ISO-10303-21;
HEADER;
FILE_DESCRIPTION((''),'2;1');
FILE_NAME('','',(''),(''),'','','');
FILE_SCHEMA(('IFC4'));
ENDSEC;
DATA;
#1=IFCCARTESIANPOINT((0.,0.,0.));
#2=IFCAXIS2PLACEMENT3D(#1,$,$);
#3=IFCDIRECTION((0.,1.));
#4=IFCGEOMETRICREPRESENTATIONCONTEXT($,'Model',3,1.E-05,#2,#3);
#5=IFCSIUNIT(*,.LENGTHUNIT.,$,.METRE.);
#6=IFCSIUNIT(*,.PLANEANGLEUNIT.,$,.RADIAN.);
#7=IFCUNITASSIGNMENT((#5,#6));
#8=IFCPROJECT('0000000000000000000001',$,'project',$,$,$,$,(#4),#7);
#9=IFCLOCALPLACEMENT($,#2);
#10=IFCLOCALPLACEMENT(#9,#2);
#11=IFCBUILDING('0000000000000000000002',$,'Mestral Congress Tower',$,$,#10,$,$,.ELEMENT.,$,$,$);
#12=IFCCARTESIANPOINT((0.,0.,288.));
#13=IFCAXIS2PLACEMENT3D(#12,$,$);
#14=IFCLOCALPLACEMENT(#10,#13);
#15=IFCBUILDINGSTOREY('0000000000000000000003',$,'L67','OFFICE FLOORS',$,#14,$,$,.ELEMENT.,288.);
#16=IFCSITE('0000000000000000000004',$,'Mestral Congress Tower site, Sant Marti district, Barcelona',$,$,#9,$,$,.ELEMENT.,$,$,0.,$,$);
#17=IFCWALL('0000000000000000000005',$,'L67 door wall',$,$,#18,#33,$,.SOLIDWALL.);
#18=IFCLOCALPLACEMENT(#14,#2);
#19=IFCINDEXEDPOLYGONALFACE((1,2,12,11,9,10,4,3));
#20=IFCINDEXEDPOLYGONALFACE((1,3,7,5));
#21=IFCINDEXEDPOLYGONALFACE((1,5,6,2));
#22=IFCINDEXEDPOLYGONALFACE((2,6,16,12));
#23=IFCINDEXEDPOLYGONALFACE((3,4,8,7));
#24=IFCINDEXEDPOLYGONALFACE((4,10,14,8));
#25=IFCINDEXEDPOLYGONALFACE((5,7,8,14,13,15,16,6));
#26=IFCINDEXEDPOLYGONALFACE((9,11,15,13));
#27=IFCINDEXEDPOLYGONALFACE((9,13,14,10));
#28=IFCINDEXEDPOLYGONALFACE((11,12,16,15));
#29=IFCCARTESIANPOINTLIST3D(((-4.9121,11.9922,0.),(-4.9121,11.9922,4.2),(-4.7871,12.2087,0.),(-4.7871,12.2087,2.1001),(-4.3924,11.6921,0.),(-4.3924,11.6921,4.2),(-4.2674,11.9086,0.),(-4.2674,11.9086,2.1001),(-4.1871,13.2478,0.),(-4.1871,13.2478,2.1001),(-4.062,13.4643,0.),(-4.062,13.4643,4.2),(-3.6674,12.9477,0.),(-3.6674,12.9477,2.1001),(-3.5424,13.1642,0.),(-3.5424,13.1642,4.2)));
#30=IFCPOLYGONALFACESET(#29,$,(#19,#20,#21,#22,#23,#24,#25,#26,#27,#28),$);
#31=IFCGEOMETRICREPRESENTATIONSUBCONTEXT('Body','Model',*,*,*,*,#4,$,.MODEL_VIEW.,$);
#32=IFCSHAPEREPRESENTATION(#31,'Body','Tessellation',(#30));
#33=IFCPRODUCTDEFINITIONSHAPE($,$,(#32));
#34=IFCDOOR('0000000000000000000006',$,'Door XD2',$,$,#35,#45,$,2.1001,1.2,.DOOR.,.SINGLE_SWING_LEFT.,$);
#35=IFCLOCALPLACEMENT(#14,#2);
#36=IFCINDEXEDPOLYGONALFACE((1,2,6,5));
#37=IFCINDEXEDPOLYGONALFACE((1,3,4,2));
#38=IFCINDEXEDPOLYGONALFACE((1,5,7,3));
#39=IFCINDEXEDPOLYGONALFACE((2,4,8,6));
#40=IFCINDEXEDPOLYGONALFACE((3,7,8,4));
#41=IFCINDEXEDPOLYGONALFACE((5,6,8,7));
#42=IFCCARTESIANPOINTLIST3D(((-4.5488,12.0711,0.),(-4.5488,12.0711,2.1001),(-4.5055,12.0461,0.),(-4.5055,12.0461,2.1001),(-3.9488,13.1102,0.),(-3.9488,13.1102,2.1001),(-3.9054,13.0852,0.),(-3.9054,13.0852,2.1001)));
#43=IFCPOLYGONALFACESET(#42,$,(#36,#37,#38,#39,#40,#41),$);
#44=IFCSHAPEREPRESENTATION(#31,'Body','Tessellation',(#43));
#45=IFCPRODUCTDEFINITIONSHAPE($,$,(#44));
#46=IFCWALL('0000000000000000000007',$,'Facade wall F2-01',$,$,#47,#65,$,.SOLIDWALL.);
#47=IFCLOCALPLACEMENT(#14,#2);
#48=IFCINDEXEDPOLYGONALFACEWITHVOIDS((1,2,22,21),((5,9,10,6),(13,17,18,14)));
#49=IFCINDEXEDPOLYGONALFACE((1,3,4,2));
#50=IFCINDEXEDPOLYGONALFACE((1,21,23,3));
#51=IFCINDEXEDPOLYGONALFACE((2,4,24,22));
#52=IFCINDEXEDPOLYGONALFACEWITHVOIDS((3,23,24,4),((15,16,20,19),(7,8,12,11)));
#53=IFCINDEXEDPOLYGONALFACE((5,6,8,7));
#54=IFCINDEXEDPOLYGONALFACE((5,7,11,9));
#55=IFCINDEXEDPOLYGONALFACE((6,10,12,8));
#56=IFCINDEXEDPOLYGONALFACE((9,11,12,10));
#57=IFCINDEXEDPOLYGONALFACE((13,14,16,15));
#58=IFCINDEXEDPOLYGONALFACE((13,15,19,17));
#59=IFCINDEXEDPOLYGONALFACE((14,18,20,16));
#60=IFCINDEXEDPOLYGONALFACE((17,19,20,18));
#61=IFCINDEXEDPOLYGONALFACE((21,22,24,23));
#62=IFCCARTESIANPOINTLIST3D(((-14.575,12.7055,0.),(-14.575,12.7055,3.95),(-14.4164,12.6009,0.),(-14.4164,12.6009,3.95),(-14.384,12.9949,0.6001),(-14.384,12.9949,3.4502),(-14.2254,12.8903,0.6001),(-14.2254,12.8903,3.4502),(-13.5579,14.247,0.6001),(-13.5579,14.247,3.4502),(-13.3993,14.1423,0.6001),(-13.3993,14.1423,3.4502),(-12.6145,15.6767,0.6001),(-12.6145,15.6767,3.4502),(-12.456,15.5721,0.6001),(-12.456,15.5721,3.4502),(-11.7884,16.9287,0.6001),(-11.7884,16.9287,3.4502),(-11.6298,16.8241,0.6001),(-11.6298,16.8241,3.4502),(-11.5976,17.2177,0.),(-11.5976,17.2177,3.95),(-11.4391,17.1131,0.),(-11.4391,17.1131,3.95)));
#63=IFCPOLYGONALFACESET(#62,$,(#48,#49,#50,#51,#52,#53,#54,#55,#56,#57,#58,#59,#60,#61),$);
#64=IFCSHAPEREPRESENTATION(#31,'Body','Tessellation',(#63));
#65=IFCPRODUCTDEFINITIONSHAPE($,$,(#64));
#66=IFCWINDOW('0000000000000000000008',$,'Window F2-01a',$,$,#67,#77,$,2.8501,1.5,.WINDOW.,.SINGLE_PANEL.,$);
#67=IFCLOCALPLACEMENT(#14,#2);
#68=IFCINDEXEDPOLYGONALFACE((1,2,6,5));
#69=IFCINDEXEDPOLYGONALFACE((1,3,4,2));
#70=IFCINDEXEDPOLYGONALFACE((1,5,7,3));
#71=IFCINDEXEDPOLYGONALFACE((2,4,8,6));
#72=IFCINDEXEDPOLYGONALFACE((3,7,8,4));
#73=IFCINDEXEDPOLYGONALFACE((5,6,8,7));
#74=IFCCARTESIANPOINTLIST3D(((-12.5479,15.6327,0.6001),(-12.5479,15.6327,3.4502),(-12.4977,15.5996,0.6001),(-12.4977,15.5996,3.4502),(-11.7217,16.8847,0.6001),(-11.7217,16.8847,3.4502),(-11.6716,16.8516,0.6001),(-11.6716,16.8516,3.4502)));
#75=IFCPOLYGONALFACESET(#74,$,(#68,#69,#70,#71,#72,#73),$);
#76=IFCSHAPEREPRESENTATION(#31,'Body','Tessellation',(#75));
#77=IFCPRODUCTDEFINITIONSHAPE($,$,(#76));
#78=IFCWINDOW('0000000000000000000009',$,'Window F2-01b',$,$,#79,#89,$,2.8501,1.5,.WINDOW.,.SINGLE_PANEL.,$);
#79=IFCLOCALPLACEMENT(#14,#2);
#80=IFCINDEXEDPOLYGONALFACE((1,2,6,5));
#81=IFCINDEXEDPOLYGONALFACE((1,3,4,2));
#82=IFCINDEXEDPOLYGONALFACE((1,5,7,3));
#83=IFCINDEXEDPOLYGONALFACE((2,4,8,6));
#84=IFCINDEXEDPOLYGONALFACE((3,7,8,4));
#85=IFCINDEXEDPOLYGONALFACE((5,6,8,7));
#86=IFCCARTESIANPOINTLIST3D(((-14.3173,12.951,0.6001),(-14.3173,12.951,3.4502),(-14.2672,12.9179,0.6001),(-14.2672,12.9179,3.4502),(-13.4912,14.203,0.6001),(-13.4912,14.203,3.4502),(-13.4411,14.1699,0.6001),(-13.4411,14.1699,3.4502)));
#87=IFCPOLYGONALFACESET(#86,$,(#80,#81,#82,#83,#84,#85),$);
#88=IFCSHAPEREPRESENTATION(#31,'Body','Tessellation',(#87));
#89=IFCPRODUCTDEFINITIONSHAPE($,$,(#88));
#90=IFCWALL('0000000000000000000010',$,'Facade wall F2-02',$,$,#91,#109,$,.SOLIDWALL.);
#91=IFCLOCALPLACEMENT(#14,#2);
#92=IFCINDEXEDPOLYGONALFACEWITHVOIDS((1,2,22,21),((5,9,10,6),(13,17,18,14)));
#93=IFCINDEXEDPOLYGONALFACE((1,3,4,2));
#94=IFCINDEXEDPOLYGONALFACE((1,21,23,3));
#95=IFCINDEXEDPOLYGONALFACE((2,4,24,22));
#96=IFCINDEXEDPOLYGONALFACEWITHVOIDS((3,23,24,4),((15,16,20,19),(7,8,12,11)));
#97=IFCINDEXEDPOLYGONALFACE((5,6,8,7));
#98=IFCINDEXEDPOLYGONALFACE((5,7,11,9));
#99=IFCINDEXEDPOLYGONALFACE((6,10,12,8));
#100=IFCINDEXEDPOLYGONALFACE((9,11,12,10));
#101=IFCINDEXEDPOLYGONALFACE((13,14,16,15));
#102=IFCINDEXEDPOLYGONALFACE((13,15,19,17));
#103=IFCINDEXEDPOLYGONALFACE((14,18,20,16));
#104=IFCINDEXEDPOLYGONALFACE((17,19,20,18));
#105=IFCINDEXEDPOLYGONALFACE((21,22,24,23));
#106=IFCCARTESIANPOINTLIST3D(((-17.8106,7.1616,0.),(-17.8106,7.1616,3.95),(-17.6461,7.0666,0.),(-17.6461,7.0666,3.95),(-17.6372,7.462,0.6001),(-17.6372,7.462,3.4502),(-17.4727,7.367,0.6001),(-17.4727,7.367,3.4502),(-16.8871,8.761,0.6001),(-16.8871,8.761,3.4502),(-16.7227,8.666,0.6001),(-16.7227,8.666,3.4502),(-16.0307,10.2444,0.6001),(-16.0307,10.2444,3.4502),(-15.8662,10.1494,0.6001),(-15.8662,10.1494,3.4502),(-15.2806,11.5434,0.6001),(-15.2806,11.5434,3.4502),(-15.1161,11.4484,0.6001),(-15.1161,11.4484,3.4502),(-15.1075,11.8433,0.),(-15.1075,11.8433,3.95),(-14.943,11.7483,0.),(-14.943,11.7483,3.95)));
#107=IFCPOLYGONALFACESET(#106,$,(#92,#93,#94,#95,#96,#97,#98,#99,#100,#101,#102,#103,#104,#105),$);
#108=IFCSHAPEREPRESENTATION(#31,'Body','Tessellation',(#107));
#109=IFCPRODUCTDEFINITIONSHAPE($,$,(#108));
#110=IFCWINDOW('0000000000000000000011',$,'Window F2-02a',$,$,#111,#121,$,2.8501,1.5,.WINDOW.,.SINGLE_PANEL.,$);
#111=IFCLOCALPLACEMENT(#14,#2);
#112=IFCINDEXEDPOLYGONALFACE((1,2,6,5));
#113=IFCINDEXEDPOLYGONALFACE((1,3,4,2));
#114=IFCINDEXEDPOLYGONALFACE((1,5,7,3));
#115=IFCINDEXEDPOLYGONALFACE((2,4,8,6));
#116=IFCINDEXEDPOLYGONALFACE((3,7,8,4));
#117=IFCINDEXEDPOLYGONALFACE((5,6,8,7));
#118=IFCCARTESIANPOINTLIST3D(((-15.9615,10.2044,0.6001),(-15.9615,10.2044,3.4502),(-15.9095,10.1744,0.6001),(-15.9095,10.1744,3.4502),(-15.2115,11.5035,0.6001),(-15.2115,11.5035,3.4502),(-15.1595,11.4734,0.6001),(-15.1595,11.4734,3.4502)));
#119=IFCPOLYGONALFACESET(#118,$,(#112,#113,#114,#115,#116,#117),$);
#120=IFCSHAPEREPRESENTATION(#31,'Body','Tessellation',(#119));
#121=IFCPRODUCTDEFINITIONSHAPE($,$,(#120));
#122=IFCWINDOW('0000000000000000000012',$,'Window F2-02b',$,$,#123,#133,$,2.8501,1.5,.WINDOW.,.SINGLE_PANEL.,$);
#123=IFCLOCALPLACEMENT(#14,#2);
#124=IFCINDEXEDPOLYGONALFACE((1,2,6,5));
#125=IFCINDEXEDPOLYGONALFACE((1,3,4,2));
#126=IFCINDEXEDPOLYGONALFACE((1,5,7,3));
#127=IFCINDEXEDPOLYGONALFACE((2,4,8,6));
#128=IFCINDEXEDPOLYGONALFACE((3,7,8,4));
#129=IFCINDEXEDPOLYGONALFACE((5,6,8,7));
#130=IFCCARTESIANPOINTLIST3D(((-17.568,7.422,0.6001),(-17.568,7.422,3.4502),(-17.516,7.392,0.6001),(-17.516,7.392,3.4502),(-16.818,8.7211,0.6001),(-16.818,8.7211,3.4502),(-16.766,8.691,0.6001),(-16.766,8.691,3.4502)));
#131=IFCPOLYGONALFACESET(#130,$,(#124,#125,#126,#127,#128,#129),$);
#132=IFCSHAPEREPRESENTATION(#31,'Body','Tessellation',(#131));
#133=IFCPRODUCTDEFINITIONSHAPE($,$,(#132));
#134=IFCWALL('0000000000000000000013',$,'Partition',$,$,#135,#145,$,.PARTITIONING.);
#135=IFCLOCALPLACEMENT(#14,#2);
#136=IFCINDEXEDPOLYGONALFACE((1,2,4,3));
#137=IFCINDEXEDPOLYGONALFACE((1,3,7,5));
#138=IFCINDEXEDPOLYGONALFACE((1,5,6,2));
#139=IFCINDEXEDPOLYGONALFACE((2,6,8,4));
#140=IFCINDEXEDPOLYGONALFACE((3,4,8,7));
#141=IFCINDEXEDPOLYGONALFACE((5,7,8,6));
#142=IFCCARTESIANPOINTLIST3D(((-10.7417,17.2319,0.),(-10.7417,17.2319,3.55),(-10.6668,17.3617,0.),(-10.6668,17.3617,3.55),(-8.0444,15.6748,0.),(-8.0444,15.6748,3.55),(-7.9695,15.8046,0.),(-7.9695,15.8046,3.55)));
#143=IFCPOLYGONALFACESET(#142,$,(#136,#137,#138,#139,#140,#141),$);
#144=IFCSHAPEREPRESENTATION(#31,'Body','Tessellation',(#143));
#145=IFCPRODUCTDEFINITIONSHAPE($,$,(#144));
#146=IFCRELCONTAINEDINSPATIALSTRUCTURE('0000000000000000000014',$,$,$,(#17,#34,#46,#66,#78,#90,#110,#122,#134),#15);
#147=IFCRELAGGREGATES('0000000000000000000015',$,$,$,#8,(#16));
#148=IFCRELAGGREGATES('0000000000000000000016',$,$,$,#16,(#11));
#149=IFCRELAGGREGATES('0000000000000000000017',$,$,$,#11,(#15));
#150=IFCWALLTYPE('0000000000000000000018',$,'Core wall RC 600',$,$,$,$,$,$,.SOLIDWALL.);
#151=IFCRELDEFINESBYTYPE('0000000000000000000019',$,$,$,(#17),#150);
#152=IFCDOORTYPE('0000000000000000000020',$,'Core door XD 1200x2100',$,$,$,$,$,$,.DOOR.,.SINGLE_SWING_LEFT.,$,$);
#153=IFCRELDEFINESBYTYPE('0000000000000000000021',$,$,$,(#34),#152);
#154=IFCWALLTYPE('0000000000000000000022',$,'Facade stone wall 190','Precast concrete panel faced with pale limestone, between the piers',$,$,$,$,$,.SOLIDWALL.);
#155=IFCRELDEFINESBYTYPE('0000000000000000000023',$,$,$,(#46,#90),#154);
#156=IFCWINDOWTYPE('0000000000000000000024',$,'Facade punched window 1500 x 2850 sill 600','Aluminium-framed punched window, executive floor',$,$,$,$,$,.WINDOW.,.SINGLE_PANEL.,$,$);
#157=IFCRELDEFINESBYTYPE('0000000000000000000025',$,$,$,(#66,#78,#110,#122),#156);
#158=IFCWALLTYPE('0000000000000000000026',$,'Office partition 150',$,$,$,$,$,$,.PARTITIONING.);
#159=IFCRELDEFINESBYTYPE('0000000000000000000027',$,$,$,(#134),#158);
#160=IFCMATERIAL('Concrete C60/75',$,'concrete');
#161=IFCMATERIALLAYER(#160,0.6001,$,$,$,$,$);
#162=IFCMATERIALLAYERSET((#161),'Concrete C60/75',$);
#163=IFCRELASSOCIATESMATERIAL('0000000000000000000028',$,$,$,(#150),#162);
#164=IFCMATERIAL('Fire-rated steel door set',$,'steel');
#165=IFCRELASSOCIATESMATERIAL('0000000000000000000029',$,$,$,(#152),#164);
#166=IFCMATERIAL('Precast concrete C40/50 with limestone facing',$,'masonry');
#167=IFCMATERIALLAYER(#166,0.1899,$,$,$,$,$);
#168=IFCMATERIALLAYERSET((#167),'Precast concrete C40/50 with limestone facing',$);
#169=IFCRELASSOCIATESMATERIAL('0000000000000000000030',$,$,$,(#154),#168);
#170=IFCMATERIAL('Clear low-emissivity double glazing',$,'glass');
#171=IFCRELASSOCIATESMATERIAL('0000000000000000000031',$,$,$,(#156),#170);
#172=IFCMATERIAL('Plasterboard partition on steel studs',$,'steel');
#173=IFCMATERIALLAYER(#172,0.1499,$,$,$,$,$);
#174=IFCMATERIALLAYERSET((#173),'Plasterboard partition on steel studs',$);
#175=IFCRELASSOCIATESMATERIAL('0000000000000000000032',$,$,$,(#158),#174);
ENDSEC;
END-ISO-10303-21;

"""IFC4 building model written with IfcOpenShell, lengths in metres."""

from ifc_helpers import new_model, si_unit, direction, frame, frame_2d, origin, place, context, subcontext, project, spatial, rectangle, extrude, material, layer, layer_set, type_object, element, fill, save


model = new_model("IFC4")

# Units and contexts
model_context = context("Model", 3, precision=1e-05, world=origin(), true_north=direction((0.0, 1.0)))
body_context = subcontext(model_context, "Body", "Model", "MODEL_VIEW")
ifc_project = project(units=[si_unit("LENGTHUNIT", "METRE"), si_unit("PLANEANGLEUNIT", "RADIAN")], contexts=[model_context])

# Site, building, storey
site_placement = place(None, origin())
site = spatial("IfcSite", under=ifc_project, at=site_placement, Name="Mestral Congress Tower site, Sant Marti district, Barcelona", CompositionType="ELEMENT", RefElevation=0.0)
building_placement = place(site_placement, origin())
building = spatial("IfcBuilding", under=site, at=building_placement, Name="Mestral Congress Tower", CompositionType="ELEMENT")
storey_placement = place(building_placement, frame((0.0, 0.0, 288.0)))
storey = spatial("IfcBuildingStorey", under=building, at=storey_placement, Name="L67", Description="OFFICE FLOORS", CompositionType="ELEMENT", Elevation=288.0)

# Shared definitions
ifc_material_1 = material(Name="Concrete C60/75", Category="concrete")

# Shared definitions
ifc_layer_1 = layer(ifc_material_1, 0.6001)
ifc_layer_set_1 = layer_set([ifc_layer_1], Name="Concrete C60/75")
wall_type_1 = type_object("IfcWallType", Name="Core wall RC 600", PredefinedType="SOLIDWALL", material=ifc_layer_set_1)

# Wall, opening, door
wall_1_placement = place(storey_placement, frame((-4.6523, 11.842, 0.0), z_axis=(0.0, 0.0, 1.0), x_axis=(0.500062, 0.865989, 0.0)))
wall_1 = element("IfcWall", 1, at=wall_1_placement, inside=storey, type_object=wall_type_1, Name="L67 door wall", PredefinedType="SOLIDWALL", context=body_context, shape_type="SweptSolid", body=[
    extrude(rectangle(XDim=1.7, YDim=0.6001, at=frame_2d((0.8501, 0.0))), origin(), (0.0, 0.0, 1.0), 4.2),
])
opening_1_placement = place(wall_1_placement, frame((0.25, 0.0, 0.0)))
opening_1 = element("IfcOpeningElement", 2, at=opening_1_placement, cuts=wall_1, PredefinedType="OPENING", context=body_context, shape_type="SweptSolid", body=[
    extrude(rectangle(XDim=1.2, YDim=2.1001, at=frame_2d((0.6001, 1.05))), frame((0.0, 0.3101, 0.0), z_axis=(0.0, -1.0, 0.0), x_axis=(1.0, 0.0, 0.0)), (0.0, 0.0, 1.0), 0.6201),
])
ifc_material_2 = material(Name="Fire-rated steel door set", Category="steel")
door_type_1 = type_object("IfcDoorType", Name="Core door XD 1200x2100", OperationType="SINGLE_SWING_LEFT", PredefinedType="DOOR", material=ifc_material_2)
door_1_placement = place(opening_1_placement, origin())
door_1 = element("IfcDoor", 3, at=door_1_placement, inside=storey, type_object=door_type_1, Name="Door XD2", OperationType="SINGLE_SWING_LEFT", OverallHeight=2.1001, OverallWidth=1.2, PredefinedType="DOOR", context=body_context, shape_type="SweptSolid", body=[
    extrude(rectangle(XDim=1.2, YDim=2.1001, at=frame_2d((0.6001, 1.05))), frame((0.0, 0.0249, 0.0), z_axis=(0.0, -1.0, 0.0), x_axis=(1.0, 0.0, 0.0)), (0.0, 0.0, 1.0), 0.05),
])
fill(opening_1, door_1)

# Walls, openings, windows
ifc_material_3 = material(Name="Precast concrete C40/50 with limestone facing", Category="masonry")
ifc_layer_2 = layer(ifc_material_3, 0.1899)
ifc_layer_set_2 = layer_set([ifc_layer_2], Name="Precast concrete C40/50 with limestone facing")
wall_type_2 = type_object("IfcWallType", Name="Facade stone wall 190", Description="Precast concrete panel faced with pale limestone, between the piers", PredefinedType="SOLIDWALL", material=ifc_layer_set_2)
wall_2_placement = place(storey_placement, frame((-11.5183, 17.1655, 0.0), z_axis=(0.0, 0.0, 1.0), x_axis=(-0.550744, -0.834674, 0.0)))
wall_2 = element("IfcWall", 4, at=wall_2_placement, inside=storey, type_object=wall_type_2, Name="Facade wall F2-01", PredefinedType="SOLIDWALL", context=body_context, shape_type="SweptSolid", body=[
    extrude(rectangle(XDim=5.406, YDim=0.1899, at=frame_2d((2.7031, 0.0))), origin(), (0.0, 0.0, 1.0), 3.95),
])
opening_2_placement = place(wall_2_placement, frame((0.3464, 0.0, 0.6001)))
opening_2 = element("IfcOpeningElement", 5, at=opening_2_placement, cuts=wall_2, PredefinedType="OPENING", context=body_context, shape_type="SweptSolid", body=[
    extrude(rectangle(XDim=1.5, YDim=2.8501, at=frame_2d((0.75, 1.425))), frame((0.0, 0.105, 0.0), z_axis=(0.0, -1.0, 0.0), x_axis=(1.0, 0.0, 0.0)), (0.0, 0.0, 1.0), 0.21),
])
opening_3_placement = place(wall_2_placement, frame((3.5593, 0.0, 0.6001)))
opening_3 = element("IfcOpeningElement", 6, at=opening_3_placement, cuts=wall_2, PredefinedType="OPENING", context=body_context, shape_type="SweptSolid", body=[
    extrude(rectangle(XDim=1.5, YDim=2.8501, at=frame_2d((0.75, 1.425))), frame((0.0, 0.105, 0.0), z_axis=(0.0, -1.0, 0.0), x_axis=(1.0, 0.0, 0.0)), (0.0, 0.0, 1.0), 0.21),
])
ifc_material_4 = material(Name="Clear low-emissivity double glazing", Category="glass")
window_type = type_object("IfcWindowType", Name="Facade punched window 1500 x 2850 sill 600", Description="Aluminium-framed punched window, executive floor", PartitioningType="SINGLE_PANEL", PredefinedType="WINDOW", material=ifc_material_4)
window_1_placement = place(opening_2_placement, origin())
window_1 = element("IfcWindow", 7, at=window_1_placement, inside=storey, type_object=window_type, Name="Window F2-01a", OverallHeight=2.8501, OverallWidth=1.5, PartitioningType="SINGLE_PANEL", PredefinedType="WINDOW", context=body_context, shape_type="SweptSolid", body=[
    extrude(rectangle(XDim=1.5, YDim=2.8501, at=frame_2d((0.75, 1.425))), frame((0.0, 0.0449, 0.0), z_axis=(0.0, -1.0, 0.0), x_axis=(1.0, 0.0, 0.0)), (0.0, 0.0, 1.0), 0.0601),
])
fill(opening_2, window_1)
window_2_placement = place(opening_3_placement, origin())
window_2 = element("IfcWindow", 8, at=window_2_placement, inside=storey, type_object=window_type, Name="Window F2-01b", OverallHeight=2.8501, OverallWidth=1.5, PartitioningType="SINGLE_PANEL", PredefinedType="WINDOW", context=body_context, shape_type="SweptSolid", body=[
    extrude(rectangle(XDim=1.5, YDim=2.8501, at=frame_2d((0.75, 1.425))), frame((0.0, 0.0449, 0.0), z_axis=(0.0, -1.0, 0.0), x_axis=(1.0, 0.0, 0.0)), (0.0, 0.0, 1.0), 0.0601),
])
fill(opening_3, window_2)
wall_3_placement = place(storey_placement, frame((-15.0251, 11.7959, 0.0), z_axis=(0.0, 0.0, 1.0), x_axis=(-0.500025, -0.866011, 0.0)))
wall_3 = element("IfcWall", 9, at=wall_3_placement, inside=storey, type_object=wall_type_2, Name="Facade wall F2-02", PredefinedType="SOLIDWALL", context=body_context, shape_type="SweptSolid", body=[
    extrude(rectangle(XDim=5.406, YDim=0.1899, at=frame_2d((2.7031, 0.0))), origin(), (0.0, 0.0, 1.0), 3.95),
])
opening_4_placement = place(wall_3_placement, frame((0.3464, 0.0, 0.6001)))
opening_4 = element("IfcOpeningElement", 10, at=opening_4_placement, cuts=wall_3, PredefinedType="OPENING", context=body_context, shape_type="SweptSolid", body=[
    extrude(rectangle(XDim=1.5, YDim=2.8501, at=frame_2d((0.75, 1.425))), frame((0.0, 0.105, 0.0), z_axis=(0.0, -1.0, 0.0), x_axis=(1.0, 0.0, 0.0)), (0.0, 0.0, 1.0), 0.21),
])
opening_5_placement = place(wall_3_placement, frame((3.5593, 0.0, 0.6001)))
opening_5 = element("IfcOpeningElement", 11, at=opening_5_placement, cuts=wall_3, PredefinedType="OPENING", context=body_context, shape_type="SweptSolid", body=[
    extrude(rectangle(XDim=1.5, YDim=2.8501, at=frame_2d((0.75, 1.425))), frame((0.0, 0.105, 0.0), z_axis=(0.0, -1.0, 0.0), x_axis=(1.0, 0.0, 0.0)), (0.0, 0.0, 1.0), 0.21),
])
window_3_placement = place(opening_4_placement, origin())
window_3 = element("IfcWindow", 12, at=window_3_placement, inside=storey, type_object=window_type, Name="Window F2-02a", OverallHeight=2.8501, OverallWidth=1.5, PartitioningType="SINGLE_PANEL", PredefinedType="WINDOW", context=body_context, shape_type="SweptSolid", body=[
    extrude(rectangle(XDim=1.5, YDim=2.8501, at=frame_2d((0.75, 1.425))), frame((0.0, 0.0449, 0.0), z_axis=(0.0, -1.0, 0.0), x_axis=(1.0, 0.0, 0.0)), (0.0, 0.0, 1.0), 0.0601),
])
fill(opening_4, window_3)
window_4_placement = place(opening_5_placement, origin())
window_4 = element("IfcWindow", 13, at=window_4_placement, inside=storey, type_object=window_type, Name="Window F2-02b", OverallHeight=2.8501, OverallWidth=1.5, PartitioningType="SINGLE_PANEL", PredefinedType="WINDOW", context=body_context, shape_type="SweptSolid", body=[
    extrude(rectangle(XDim=1.5, YDim=2.8501, at=frame_2d((0.75, 1.425))), frame((0.0, 0.0449, 0.0), z_axis=(0.0, -1.0, 0.0), x_axis=(1.0, 0.0, 0.0)), (0.0, 0.0, 1.0), 0.0601),
])
fill(opening_5, window_4)

# Wall
ifc_material_5 = material(Name="Plasterboard partition on steel studs", Category="steel")
ifc_layer_3 = layer(ifc_material_5, 0.1499)
ifc_layer_set_3 = layer_set([ifc_layer_3], Name="Plasterboard partition on steel studs")
wall_type_3 = type_object("IfcWallType", Name="Office partition 150", PredefinedType="PARTITIONING", material=ifc_layer_set_3)
wall_4_placement = place(storey_placement, frame((-8.0071, 15.7397, 0.0), z_axis=(0.0, 0.0, 1.0), x_axis=(-0.866045, 0.499967, 0.0)))
element("IfcWall", 14, at=wall_4_placement, inside=storey, type_object=wall_type_3, Name="Partition", PredefinedType="PARTITIONING", context=body_context, shape_type="SweptSolid", body=[
    extrude(rectangle(XDim=3.1145, YDim=0.1499, at=frame_2d((1.5571, 0.0))), origin(), (0.0, 0.0, 1.0), 3.55),
])

save(model, "model.ifc")
